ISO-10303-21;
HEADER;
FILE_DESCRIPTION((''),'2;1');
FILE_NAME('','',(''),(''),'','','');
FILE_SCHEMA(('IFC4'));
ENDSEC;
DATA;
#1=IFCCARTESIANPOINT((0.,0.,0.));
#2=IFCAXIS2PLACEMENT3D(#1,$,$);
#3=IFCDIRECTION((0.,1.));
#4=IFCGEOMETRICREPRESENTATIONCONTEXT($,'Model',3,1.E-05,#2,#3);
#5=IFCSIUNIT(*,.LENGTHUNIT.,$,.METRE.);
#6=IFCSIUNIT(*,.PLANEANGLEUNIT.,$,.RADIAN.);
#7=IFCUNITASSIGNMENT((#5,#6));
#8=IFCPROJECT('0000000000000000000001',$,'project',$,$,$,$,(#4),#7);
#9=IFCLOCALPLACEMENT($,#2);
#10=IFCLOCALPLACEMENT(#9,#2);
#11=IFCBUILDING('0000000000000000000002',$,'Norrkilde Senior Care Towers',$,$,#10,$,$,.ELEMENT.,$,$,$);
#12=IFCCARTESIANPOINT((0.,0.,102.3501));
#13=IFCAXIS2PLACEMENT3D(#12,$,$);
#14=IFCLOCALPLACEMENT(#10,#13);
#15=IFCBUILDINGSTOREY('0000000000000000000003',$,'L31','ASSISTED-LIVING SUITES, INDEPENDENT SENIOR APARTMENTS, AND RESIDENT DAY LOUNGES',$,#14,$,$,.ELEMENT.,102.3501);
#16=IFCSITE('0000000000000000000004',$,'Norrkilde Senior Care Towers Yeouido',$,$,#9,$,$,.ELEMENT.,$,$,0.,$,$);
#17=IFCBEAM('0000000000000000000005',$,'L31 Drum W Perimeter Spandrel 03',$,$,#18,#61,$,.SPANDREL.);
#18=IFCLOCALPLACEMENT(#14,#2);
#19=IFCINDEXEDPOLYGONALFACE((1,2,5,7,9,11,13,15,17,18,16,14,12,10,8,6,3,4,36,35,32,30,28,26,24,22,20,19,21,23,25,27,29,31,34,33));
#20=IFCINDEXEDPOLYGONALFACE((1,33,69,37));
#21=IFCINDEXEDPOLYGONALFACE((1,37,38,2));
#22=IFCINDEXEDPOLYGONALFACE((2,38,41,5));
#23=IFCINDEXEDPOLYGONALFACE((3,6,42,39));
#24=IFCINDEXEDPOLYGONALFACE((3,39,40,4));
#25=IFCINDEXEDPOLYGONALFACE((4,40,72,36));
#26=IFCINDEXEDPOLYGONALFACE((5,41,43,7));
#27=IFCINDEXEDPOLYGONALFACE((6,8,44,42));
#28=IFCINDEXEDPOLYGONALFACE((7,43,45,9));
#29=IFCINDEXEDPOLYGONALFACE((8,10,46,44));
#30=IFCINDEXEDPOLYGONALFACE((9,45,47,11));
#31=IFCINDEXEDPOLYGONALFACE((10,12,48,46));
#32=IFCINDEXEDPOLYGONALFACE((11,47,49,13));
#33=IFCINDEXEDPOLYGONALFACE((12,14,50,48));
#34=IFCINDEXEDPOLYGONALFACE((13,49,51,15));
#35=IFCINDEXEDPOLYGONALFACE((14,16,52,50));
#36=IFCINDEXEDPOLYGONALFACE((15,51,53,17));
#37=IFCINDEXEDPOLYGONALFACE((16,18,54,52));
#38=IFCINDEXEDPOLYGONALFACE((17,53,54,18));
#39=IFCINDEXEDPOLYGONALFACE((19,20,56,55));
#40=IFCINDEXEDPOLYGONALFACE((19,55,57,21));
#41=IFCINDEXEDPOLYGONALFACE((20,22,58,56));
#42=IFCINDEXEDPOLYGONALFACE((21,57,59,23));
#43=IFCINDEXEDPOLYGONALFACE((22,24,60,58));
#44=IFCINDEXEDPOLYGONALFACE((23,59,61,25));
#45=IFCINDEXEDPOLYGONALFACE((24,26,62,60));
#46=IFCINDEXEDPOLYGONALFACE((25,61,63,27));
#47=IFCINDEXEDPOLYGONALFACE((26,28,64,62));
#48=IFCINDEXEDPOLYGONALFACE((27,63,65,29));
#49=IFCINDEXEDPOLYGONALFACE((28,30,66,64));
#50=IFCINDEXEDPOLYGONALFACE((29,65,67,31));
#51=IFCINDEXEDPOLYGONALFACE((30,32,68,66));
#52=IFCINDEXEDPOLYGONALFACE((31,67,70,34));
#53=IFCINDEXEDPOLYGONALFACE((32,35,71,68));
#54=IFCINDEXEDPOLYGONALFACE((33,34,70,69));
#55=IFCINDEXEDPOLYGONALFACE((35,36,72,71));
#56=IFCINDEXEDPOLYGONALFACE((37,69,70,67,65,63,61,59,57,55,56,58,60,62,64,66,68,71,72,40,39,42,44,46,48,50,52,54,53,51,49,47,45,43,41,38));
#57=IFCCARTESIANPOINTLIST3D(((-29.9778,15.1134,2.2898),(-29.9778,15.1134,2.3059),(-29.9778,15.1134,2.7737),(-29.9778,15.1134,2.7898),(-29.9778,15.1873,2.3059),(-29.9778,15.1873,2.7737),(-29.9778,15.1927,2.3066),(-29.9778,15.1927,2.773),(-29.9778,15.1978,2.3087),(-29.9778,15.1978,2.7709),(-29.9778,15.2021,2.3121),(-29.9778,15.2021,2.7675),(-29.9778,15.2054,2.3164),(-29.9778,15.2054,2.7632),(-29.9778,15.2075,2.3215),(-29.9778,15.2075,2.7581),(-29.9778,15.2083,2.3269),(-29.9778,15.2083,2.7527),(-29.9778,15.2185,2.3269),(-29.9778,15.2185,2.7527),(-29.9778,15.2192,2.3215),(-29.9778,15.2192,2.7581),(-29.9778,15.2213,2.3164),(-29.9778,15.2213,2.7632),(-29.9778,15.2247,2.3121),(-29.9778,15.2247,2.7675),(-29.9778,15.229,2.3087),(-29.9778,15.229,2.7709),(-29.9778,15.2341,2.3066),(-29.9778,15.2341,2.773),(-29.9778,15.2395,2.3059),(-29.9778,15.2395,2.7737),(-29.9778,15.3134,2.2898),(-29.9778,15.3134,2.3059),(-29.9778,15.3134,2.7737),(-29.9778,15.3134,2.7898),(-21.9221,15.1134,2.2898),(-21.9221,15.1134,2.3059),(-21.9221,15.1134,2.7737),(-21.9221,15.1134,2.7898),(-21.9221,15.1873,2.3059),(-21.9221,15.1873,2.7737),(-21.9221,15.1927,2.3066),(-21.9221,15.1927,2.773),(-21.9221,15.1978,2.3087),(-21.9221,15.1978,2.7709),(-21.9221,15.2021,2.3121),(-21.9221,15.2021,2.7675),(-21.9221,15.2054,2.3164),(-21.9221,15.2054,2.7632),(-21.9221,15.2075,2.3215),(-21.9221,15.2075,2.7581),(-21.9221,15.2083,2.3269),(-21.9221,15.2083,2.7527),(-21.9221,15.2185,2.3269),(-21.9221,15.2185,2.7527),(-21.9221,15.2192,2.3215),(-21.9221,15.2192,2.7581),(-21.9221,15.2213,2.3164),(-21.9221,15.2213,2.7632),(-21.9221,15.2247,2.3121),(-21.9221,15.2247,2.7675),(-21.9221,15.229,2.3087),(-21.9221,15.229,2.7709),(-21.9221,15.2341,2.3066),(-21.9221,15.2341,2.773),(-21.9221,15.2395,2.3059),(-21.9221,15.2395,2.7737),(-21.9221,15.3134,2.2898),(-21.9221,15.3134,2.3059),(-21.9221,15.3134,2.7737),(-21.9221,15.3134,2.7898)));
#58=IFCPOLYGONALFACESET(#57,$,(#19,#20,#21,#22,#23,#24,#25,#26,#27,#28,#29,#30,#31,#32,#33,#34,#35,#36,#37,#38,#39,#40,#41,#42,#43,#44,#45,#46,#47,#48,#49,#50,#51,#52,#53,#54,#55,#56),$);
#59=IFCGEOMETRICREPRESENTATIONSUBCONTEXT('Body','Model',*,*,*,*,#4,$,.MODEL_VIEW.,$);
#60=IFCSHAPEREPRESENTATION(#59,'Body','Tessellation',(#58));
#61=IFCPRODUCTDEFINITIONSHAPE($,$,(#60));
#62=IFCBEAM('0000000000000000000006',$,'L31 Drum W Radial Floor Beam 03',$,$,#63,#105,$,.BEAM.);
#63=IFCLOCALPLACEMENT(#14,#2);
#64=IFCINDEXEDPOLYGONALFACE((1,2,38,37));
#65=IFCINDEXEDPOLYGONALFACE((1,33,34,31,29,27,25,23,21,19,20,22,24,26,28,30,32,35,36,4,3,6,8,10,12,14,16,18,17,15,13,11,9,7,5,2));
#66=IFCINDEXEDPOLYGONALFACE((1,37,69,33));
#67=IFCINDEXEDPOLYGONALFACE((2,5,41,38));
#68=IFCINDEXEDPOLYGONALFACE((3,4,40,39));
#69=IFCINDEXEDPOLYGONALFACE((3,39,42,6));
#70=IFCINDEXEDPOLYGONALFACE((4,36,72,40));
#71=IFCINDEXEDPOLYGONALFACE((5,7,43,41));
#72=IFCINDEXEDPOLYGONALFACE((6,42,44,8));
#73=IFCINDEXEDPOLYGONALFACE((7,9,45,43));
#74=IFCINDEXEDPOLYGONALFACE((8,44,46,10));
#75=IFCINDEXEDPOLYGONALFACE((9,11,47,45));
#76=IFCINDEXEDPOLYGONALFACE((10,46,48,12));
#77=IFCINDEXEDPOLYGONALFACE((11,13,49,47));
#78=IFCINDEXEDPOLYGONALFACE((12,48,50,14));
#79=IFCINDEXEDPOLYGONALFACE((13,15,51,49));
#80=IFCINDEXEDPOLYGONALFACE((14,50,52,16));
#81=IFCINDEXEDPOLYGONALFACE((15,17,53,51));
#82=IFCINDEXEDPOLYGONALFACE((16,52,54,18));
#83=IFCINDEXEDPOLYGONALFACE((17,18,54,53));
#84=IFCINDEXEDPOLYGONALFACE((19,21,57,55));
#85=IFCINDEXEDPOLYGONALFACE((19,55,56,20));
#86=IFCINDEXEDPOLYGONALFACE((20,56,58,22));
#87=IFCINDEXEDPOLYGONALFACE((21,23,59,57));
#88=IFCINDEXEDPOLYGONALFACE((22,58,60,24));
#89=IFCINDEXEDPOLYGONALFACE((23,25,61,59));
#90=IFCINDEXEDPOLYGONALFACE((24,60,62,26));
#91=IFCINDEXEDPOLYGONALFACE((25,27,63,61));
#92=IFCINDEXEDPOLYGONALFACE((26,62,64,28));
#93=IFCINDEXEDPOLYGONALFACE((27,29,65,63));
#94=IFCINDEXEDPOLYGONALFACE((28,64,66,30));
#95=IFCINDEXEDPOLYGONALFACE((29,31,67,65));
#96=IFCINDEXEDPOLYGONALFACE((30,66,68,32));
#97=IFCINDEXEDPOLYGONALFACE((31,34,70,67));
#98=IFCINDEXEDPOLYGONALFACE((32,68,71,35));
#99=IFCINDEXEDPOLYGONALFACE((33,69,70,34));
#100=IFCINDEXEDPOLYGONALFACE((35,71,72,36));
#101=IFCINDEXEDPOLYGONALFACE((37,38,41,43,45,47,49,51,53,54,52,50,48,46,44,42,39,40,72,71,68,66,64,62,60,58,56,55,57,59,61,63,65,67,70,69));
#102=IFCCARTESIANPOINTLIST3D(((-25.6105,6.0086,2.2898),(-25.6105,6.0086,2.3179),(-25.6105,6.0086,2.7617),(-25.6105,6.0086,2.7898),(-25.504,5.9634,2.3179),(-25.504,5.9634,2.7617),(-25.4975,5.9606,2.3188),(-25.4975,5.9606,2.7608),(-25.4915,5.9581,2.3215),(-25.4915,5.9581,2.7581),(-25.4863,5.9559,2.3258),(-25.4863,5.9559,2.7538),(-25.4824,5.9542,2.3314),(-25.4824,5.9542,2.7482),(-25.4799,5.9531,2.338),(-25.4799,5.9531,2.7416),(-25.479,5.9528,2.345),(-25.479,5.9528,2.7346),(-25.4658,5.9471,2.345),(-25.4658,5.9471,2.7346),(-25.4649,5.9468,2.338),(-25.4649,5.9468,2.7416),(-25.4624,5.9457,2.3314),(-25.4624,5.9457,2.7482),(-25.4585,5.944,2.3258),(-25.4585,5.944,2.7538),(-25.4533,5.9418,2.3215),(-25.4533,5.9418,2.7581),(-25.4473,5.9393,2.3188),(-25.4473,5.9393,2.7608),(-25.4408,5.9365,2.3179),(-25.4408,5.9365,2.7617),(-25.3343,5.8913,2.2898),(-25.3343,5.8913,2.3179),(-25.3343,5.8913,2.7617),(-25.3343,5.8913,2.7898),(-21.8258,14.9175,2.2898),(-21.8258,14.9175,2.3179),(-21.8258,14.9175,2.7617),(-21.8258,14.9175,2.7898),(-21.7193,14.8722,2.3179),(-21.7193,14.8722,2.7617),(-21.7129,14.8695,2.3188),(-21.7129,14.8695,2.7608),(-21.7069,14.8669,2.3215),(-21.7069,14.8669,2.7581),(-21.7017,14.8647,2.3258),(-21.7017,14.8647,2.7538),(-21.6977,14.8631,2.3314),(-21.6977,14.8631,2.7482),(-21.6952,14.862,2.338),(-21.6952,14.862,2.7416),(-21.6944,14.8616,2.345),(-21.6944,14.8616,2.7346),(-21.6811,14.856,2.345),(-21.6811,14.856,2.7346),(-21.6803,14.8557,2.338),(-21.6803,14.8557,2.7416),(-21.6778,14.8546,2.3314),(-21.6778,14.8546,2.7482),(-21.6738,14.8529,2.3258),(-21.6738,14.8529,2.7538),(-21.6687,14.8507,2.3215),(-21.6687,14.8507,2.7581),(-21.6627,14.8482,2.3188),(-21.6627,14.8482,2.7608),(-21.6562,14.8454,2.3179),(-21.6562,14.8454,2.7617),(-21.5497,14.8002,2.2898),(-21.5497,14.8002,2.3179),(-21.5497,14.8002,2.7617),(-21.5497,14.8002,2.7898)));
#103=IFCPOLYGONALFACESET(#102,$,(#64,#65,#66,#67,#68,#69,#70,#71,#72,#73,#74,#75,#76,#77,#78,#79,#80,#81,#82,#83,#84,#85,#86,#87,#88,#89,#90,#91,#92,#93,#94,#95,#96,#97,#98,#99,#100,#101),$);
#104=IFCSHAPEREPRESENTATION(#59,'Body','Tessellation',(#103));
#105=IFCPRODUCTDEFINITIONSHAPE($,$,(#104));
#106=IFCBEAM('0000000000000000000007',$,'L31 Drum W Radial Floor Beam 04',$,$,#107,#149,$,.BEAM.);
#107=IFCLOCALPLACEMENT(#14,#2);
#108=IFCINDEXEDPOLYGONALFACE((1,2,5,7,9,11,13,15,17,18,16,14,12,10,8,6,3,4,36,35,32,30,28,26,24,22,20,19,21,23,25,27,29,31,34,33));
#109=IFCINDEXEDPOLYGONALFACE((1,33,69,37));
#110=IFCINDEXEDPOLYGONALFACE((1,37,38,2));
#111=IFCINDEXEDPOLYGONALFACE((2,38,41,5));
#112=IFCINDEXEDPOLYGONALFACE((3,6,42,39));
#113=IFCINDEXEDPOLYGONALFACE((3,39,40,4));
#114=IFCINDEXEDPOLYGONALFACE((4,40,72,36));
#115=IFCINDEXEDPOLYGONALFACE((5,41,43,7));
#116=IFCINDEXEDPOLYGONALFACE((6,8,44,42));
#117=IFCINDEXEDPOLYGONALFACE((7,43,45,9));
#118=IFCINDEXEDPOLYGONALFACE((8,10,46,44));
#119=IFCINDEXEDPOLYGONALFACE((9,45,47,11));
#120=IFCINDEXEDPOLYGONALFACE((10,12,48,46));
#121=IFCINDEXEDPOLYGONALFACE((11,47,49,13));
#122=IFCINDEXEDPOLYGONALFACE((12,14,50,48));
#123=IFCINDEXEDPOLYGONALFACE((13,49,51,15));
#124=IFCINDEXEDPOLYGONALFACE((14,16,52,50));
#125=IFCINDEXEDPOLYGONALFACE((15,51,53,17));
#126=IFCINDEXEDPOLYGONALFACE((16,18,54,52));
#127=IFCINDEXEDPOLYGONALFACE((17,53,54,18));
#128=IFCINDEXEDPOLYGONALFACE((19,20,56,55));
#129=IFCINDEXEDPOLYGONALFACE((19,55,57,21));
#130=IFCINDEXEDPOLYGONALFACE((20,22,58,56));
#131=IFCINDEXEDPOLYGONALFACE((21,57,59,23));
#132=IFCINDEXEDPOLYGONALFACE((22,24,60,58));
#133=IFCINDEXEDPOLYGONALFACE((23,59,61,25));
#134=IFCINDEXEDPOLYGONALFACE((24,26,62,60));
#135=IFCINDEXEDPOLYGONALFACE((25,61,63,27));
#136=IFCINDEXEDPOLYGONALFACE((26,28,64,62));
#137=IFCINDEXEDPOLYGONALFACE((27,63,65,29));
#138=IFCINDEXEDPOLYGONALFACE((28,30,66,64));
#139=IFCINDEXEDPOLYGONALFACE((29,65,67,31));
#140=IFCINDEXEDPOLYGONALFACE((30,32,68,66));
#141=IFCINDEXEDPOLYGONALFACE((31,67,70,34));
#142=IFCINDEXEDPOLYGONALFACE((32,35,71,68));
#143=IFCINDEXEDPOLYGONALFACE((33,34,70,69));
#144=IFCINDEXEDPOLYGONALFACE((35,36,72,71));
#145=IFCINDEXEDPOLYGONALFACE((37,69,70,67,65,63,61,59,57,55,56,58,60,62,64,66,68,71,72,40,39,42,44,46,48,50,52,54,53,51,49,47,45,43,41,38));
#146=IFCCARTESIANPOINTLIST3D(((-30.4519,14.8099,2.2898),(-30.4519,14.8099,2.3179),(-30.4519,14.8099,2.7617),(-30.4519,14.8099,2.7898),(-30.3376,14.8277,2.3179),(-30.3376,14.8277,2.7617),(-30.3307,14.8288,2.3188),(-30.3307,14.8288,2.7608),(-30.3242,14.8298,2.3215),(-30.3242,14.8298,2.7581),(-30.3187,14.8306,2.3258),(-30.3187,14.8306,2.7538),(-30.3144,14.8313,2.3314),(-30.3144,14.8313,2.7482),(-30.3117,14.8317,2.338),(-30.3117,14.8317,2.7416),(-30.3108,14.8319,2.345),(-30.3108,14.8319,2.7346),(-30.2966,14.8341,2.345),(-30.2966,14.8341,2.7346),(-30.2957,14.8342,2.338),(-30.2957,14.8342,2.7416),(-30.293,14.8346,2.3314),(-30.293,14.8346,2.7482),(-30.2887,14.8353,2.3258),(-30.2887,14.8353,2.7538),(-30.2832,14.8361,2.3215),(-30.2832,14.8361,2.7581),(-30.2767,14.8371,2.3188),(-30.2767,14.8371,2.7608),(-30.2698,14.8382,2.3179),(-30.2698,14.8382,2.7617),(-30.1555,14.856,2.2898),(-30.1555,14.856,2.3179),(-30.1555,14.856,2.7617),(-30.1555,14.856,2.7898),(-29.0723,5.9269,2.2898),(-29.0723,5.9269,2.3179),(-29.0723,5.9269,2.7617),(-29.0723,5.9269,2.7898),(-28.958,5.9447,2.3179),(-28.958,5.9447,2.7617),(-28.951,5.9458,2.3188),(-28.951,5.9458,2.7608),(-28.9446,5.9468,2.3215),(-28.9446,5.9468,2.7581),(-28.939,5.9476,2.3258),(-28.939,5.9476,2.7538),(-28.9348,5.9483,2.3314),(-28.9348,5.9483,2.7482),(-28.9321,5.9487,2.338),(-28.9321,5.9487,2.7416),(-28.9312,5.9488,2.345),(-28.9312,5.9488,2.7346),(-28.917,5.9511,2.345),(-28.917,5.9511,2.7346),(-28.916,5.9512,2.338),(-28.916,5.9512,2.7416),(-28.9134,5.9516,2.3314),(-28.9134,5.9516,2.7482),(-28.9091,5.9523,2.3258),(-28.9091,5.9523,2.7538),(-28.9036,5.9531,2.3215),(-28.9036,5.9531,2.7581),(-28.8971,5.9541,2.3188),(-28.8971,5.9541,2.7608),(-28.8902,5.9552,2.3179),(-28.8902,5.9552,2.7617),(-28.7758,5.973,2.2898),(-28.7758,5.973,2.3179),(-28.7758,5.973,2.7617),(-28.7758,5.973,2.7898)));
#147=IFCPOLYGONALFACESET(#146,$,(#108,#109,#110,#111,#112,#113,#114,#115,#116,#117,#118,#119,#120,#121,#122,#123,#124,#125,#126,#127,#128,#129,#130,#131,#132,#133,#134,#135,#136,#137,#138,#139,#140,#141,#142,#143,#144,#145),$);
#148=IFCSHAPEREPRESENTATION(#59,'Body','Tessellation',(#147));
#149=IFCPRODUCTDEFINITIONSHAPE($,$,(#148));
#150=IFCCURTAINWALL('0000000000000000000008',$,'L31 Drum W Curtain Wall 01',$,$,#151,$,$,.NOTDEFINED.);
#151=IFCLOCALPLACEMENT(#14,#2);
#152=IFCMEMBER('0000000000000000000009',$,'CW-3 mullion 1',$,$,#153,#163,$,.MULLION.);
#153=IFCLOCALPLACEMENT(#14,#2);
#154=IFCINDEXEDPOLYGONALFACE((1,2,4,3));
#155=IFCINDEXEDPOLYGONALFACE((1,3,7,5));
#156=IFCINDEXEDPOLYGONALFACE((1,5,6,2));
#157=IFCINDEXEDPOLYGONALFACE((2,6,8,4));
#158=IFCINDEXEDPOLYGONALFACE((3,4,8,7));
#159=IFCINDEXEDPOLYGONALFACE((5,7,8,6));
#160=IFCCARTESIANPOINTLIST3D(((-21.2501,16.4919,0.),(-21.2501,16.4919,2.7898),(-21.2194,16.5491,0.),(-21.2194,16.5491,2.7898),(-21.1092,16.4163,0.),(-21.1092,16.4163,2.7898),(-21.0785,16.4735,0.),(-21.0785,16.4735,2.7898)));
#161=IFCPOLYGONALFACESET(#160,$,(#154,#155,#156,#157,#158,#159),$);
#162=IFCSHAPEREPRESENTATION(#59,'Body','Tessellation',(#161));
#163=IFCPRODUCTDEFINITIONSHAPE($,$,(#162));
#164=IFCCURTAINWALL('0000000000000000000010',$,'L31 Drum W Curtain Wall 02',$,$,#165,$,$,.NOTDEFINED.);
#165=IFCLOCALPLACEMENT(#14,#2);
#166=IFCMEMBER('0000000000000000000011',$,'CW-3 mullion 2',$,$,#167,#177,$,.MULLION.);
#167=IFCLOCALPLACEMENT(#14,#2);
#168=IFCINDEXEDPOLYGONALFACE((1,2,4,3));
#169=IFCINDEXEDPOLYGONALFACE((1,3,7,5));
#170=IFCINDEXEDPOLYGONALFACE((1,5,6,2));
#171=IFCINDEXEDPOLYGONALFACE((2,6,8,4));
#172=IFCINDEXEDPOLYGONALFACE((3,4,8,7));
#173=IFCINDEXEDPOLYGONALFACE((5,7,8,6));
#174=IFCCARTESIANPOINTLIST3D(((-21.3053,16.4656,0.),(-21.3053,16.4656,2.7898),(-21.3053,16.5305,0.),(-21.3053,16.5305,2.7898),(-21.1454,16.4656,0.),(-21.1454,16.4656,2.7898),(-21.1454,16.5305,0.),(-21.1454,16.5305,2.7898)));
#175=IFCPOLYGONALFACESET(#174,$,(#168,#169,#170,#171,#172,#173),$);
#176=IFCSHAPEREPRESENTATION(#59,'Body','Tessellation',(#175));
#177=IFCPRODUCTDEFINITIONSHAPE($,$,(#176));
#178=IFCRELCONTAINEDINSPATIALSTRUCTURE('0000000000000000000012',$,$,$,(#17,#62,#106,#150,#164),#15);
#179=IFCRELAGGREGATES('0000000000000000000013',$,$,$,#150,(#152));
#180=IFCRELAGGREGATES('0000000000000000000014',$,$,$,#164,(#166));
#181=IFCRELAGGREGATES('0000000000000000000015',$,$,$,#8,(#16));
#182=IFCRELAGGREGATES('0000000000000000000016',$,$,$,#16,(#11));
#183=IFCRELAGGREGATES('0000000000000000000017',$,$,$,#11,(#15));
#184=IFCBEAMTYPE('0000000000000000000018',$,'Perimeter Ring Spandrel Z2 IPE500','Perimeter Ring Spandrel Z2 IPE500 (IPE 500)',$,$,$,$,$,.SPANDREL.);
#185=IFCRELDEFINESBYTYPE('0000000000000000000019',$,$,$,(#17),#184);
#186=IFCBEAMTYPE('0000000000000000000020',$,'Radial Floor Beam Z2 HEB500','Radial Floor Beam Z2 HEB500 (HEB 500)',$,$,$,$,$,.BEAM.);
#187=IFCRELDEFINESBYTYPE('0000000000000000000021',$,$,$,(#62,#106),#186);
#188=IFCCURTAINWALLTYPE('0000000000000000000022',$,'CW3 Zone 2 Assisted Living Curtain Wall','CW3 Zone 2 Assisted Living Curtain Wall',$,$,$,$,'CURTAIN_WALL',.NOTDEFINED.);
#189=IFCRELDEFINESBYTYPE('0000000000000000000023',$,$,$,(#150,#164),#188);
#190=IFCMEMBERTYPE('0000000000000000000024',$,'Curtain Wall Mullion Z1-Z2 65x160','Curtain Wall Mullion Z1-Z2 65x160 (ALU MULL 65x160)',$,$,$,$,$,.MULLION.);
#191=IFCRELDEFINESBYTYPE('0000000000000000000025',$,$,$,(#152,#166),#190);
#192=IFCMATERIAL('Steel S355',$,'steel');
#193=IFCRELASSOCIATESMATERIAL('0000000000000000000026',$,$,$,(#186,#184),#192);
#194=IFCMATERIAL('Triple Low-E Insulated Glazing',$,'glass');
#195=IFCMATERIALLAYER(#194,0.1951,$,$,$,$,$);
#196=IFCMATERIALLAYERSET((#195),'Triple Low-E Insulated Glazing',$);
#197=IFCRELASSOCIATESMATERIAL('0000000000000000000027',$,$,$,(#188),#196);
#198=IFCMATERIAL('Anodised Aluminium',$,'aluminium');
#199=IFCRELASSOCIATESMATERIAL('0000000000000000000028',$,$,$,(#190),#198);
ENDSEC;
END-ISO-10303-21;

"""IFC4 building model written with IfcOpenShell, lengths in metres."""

from ifc_helpers import new_model, si_unit, direction, frame, origin, origin_2d, place, context, subcontext, project, spatial, rectangle, i_section, extrude, source, transform, mapped, material, layer, layer_set, material_profile, profile_set, type_object, type_shapes, element, aggregate, save


model = new_model("IFC4")

# Units and contexts
model_context = context("Model", 3, precision=1e-05, world=origin(), true_north=direction((0.0, 1.0)))
body_context = subcontext(model_context, "Body", "Model", "MODEL_VIEW")
ifc_project = project(units=[si_unit("LENGTHUNIT", "METRE"), si_unit("PLANEANGLEUNIT", "RADIAN")], contexts=[model_context])

# Site, building, storey
site_placement = place(None, origin())
site = spatial("IfcSite", under=ifc_project, at=site_placement, Name="Norrkilde Senior Care Towers Yeouido", CompositionType="ELEMENT", RefElevation=0.0)
building_placement = place(site_placement, origin())
building = spatial("IfcBuilding", under=site, at=building_placement, Name="Norrkilde Senior Care Towers", CompositionType="ELEMENT")
storey_placement = place(building_placement, frame((0.0, 0.0, 102.3501)))
storey = spatial("IfcBuildingStorey", under=building, at=storey_placement, Name="L31", Description="ASSISTED-LIVING SUITES, INDEPENDENT SENIOR APARTMENTS, AND RESIDENT DAY LOUNGES", CompositionType="ELEMENT", Elevation=102.3501)

# Beams
ifc_material_1 = material(Name="Steel S355", Category="steel")
ifc_material_profile_1 = material_profile(ifc_material_1, i_section(OverallWidth=0.3, OverallDepth=0.5, WebThickness=0.0144, FlangeThickness=0.0281, FilletRadius=0.0271, at=origin_2d()), Name="HEB 500")
ifc_profile_set_1 = profile_set([ifc_material_profile_1], Name="Steel S355")
beam_type_1 = type_object("IfcBeamType", Name="Radial Floor Beam Z2 HEB500", Description="Radial Floor Beam Z2 HEB500 (HEB 500)", PredefinedType="BEAM", material=ifc_profile_set_1)
ifc_material_profile_2 = material_profile(ifc_material_1, i_section(OverallWidth=0.2, OverallDepth=0.5, WebThickness=0.0103, FlangeThickness=0.0161, FilletRadius=0.021, at=origin_2d()), Name="IPE 500")
ifc_profile_set_2 = profile_set([ifc_material_profile_2], Name="Steel S355")
beam_type_2 = type_object("IfcBeamType", Name="Perimeter Ring Spandrel Z2 IPE500", Description="Perimeter Ring Spandrel Z2 IPE500 (IPE 500)", PredefinedType="SPANDREL", material=ifc_profile_set_2)
shared_shape_1 = source(origin(), body_context, "Body", "SweptSolid", [
    extrude(i_section(OverallWidth=0.2, OverallDepth=0.5, WebThickness=0.0103, FlangeThickness=0.0161, FilletRadius=0.021, at=origin_2d()), origin(), (0.0, 0.0, 1.0), 8.0557),
])
type_shapes(beam_type_2, [shared_shape_1])
beam_1_placement = place(storey_placement, frame((-21.9221, 15.2134, 2.5398), z_axis=(-1.0, 0.0, 0.0), x_axis=(0.0, -1.0, 0.0)))
element("IfcBeam", 1, at=beam_1_placement, inside=storey, type_object=beam_type_2, Name="L31 Drum W Perimeter Spandrel 03", PredefinedType="SPANDREL", context=body_context, shape_type="MappedRepresentation", body=[
    mapped(shared_shape_1, transform((0.0, 0.0, 0.0), x_axis=(1.0, 0.0, 0.0), y_axis=(0.0, 1.0, 0.0), z_axis=(0.0, 0.0, 1.0), scale=1.0)),
])
shared_shape_2 = source(origin(), body_context, "Body", "SweptSolid", [
    extrude(i_section(OverallWidth=0.3, OverallDepth=0.5, WebThickness=0.0144, FlangeThickness=0.0281, FilletRadius=0.0271, at=origin_2d()), origin(), (0.0, 0.0, 1.0), 9.6794),
])
beam_2_placement = place(storey_placement, frame((-25.4724, 5.95, 2.5398), z_axis=(0.390998, 0.920392, 0.0), x_axis=(-0.920392, 0.390998, 0.0)))
element("IfcBeam", 2, at=beam_2_placement, inside=storey, type_object=beam_type_1, Name="L31 Drum W Radial Floor Beam 03", PredefinedType="BEAM", context=body_context, shape_type="MappedRepresentation", body=[
    mapped(shared_shape_2, transform((0.0, 0.0, 0.0), x_axis=(1.0, 0.0, 0.0), y_axis=(0.0, 1.0, 0.0), z_axis=(0.0, 0.0, 1.0), scale=1.0)),
])
shared_shape_3 = source(origin(), body_context, "Body", "SweptSolid", [
    extrude(i_section(OverallWidth=0.3, OverallDepth=0.5, WebThickness=0.0144, FlangeThickness=0.0281, FilletRadius=0.0271, at=origin_2d()), origin(), (0.0, 0.0, 1.0), 8.9895),
])
beam_3_placement = place(storey_placement, frame((-28.9241, 5.95, 2.5398), z_axis=(-0.153471, 0.988153, 0.0), x_axis=(-0.988153, -0.153471, 0.0)))
element("IfcBeam", 3, at=beam_3_placement, inside=storey, type_object=beam_type_1, Name="L31 Drum W Radial Floor Beam 04", PredefinedType="BEAM", context=body_context, shape_type="MappedRepresentation", body=[
    mapped(shared_shape_3, transform((0.0, 0.0, 0.0), x_axis=(1.0, 0.0, 0.0), y_axis=(0.0, 1.0, 0.0), z_axis=(0.0, 0.0, 1.0), scale=1.0)),
])

# Curtain walls, members
ifc_material_2 = material(Name="Triple Low-E Insulated Glazing", Category="glass")
ifc_layer_1 = layer(ifc_material_2, 0.1951)
ifc_layer_set_1 = layer_set([ifc_layer_1], Name="Triple Low-E Insulated Glazing")
curtain_wall_type = type_object("IfcCurtainWallType", Name="CW3 Zone 2 Assisted Living Curtain Wall", Description="CW3 Zone 2 Assisted Living Curtain Wall", ElementType="CURTAIN_WALL", PredefinedType="NOTDEFINED", material=ifc_layer_set_1)
curtain_wall_1_placement = place(storey_placement, origin())
curtain_wall_1 = element("IfcCurtainWall", 4, at=curtain_wall_1_placement, inside=storey, type_object=curtain_wall_type, Name="L31 Drum W Curtain Wall 01", PredefinedType="NOTDEFINED")
ifc_material_3 = material(Name="Anodised Aluminium", Category="aluminium")
ifc_material_profile_3 = material_profile(ifc_material_3, rectangle(XDim=0.0649, YDim=0.1599, at=origin_2d()), Name="ALU MULL 65x160")
ifc_profile_set_3 = profile_set([ifc_material_profile_3], Name="Anodised Aluminium")
member_type_1 = type_object("IfcMemberType", Name="Curtain Wall Mullion Z1-Z2 65x160", Description="Curtain Wall Mullion Z1-Z2 65x160 (ALU MULL 65x160)", PredefinedType="MULLION", material=ifc_profile_set_3)
shared_shape_4 = source(origin(), body_context, "Body", "SweptSolid", [
    extrude(rectangle(XDim=0.0649, YDim=0.1599, at=origin_2d()), origin(), (0.0, 0.0, 1.0), 2.7898),
])
type_shapes(member_type_1, [shared_shape_4])
member_1_placement = place(storey_placement, frame((-21.1643, 16.4827, 0.0), z_axis=(0.0, 0.0, 1.0), x_axis=(0.472769, 0.881186, 0.0)))
member_1 = element("IfcMember", 5, at=member_1_placement, type_object=member_type_1, Name="CW-3 mullion 1", PredefinedType="MULLION", context=body_context, shape_type="MappedRepresentation", body=[
    mapped(shared_shape_4, transform((0.0, 0.0, 0.0), x_axis=(1.0, 0.0, 0.0), y_axis=(0.0, 1.0, 0.0), z_axis=(0.0, 0.0, 1.0), scale=1.0)),
])
curtain_wall_2_placement = place(storey_placement, origin())
curtain_wall_2 = element("IfcCurtainWall", 6, at=curtain_wall_2_placement, inside=storey, type_object=curtain_wall_type, Name="L31 Drum W Curtain Wall 02", PredefinedType="NOTDEFINED")
member_2_placement = place(storey_placement, frame((-21.2253, 16.498, 0.0), z_axis=(0.0, 0.0, 1.0), x_axis=(0.0, 1.0, 0.0)))
member_2 = element("IfcMember", 7, at=member_2_placement, type_object=member_type_1, Name="CW-3 mullion 2", PredefinedType="MULLION", context=body_context, shape_type="MappedRepresentation", body=[
    mapped(shared_shape_4, transform((0.0, 0.0, 0.0), x_axis=(1.0, 0.0, 0.0), y_axis=(0.0, 1.0, 0.0), z_axis=(0.0, 0.0, 1.0), scale=1.0)),
])

aggregate(curtain_wall_1, [member_1])

aggregate(curtain_wall_2, [member_2])

save(model, "model.ifc")
